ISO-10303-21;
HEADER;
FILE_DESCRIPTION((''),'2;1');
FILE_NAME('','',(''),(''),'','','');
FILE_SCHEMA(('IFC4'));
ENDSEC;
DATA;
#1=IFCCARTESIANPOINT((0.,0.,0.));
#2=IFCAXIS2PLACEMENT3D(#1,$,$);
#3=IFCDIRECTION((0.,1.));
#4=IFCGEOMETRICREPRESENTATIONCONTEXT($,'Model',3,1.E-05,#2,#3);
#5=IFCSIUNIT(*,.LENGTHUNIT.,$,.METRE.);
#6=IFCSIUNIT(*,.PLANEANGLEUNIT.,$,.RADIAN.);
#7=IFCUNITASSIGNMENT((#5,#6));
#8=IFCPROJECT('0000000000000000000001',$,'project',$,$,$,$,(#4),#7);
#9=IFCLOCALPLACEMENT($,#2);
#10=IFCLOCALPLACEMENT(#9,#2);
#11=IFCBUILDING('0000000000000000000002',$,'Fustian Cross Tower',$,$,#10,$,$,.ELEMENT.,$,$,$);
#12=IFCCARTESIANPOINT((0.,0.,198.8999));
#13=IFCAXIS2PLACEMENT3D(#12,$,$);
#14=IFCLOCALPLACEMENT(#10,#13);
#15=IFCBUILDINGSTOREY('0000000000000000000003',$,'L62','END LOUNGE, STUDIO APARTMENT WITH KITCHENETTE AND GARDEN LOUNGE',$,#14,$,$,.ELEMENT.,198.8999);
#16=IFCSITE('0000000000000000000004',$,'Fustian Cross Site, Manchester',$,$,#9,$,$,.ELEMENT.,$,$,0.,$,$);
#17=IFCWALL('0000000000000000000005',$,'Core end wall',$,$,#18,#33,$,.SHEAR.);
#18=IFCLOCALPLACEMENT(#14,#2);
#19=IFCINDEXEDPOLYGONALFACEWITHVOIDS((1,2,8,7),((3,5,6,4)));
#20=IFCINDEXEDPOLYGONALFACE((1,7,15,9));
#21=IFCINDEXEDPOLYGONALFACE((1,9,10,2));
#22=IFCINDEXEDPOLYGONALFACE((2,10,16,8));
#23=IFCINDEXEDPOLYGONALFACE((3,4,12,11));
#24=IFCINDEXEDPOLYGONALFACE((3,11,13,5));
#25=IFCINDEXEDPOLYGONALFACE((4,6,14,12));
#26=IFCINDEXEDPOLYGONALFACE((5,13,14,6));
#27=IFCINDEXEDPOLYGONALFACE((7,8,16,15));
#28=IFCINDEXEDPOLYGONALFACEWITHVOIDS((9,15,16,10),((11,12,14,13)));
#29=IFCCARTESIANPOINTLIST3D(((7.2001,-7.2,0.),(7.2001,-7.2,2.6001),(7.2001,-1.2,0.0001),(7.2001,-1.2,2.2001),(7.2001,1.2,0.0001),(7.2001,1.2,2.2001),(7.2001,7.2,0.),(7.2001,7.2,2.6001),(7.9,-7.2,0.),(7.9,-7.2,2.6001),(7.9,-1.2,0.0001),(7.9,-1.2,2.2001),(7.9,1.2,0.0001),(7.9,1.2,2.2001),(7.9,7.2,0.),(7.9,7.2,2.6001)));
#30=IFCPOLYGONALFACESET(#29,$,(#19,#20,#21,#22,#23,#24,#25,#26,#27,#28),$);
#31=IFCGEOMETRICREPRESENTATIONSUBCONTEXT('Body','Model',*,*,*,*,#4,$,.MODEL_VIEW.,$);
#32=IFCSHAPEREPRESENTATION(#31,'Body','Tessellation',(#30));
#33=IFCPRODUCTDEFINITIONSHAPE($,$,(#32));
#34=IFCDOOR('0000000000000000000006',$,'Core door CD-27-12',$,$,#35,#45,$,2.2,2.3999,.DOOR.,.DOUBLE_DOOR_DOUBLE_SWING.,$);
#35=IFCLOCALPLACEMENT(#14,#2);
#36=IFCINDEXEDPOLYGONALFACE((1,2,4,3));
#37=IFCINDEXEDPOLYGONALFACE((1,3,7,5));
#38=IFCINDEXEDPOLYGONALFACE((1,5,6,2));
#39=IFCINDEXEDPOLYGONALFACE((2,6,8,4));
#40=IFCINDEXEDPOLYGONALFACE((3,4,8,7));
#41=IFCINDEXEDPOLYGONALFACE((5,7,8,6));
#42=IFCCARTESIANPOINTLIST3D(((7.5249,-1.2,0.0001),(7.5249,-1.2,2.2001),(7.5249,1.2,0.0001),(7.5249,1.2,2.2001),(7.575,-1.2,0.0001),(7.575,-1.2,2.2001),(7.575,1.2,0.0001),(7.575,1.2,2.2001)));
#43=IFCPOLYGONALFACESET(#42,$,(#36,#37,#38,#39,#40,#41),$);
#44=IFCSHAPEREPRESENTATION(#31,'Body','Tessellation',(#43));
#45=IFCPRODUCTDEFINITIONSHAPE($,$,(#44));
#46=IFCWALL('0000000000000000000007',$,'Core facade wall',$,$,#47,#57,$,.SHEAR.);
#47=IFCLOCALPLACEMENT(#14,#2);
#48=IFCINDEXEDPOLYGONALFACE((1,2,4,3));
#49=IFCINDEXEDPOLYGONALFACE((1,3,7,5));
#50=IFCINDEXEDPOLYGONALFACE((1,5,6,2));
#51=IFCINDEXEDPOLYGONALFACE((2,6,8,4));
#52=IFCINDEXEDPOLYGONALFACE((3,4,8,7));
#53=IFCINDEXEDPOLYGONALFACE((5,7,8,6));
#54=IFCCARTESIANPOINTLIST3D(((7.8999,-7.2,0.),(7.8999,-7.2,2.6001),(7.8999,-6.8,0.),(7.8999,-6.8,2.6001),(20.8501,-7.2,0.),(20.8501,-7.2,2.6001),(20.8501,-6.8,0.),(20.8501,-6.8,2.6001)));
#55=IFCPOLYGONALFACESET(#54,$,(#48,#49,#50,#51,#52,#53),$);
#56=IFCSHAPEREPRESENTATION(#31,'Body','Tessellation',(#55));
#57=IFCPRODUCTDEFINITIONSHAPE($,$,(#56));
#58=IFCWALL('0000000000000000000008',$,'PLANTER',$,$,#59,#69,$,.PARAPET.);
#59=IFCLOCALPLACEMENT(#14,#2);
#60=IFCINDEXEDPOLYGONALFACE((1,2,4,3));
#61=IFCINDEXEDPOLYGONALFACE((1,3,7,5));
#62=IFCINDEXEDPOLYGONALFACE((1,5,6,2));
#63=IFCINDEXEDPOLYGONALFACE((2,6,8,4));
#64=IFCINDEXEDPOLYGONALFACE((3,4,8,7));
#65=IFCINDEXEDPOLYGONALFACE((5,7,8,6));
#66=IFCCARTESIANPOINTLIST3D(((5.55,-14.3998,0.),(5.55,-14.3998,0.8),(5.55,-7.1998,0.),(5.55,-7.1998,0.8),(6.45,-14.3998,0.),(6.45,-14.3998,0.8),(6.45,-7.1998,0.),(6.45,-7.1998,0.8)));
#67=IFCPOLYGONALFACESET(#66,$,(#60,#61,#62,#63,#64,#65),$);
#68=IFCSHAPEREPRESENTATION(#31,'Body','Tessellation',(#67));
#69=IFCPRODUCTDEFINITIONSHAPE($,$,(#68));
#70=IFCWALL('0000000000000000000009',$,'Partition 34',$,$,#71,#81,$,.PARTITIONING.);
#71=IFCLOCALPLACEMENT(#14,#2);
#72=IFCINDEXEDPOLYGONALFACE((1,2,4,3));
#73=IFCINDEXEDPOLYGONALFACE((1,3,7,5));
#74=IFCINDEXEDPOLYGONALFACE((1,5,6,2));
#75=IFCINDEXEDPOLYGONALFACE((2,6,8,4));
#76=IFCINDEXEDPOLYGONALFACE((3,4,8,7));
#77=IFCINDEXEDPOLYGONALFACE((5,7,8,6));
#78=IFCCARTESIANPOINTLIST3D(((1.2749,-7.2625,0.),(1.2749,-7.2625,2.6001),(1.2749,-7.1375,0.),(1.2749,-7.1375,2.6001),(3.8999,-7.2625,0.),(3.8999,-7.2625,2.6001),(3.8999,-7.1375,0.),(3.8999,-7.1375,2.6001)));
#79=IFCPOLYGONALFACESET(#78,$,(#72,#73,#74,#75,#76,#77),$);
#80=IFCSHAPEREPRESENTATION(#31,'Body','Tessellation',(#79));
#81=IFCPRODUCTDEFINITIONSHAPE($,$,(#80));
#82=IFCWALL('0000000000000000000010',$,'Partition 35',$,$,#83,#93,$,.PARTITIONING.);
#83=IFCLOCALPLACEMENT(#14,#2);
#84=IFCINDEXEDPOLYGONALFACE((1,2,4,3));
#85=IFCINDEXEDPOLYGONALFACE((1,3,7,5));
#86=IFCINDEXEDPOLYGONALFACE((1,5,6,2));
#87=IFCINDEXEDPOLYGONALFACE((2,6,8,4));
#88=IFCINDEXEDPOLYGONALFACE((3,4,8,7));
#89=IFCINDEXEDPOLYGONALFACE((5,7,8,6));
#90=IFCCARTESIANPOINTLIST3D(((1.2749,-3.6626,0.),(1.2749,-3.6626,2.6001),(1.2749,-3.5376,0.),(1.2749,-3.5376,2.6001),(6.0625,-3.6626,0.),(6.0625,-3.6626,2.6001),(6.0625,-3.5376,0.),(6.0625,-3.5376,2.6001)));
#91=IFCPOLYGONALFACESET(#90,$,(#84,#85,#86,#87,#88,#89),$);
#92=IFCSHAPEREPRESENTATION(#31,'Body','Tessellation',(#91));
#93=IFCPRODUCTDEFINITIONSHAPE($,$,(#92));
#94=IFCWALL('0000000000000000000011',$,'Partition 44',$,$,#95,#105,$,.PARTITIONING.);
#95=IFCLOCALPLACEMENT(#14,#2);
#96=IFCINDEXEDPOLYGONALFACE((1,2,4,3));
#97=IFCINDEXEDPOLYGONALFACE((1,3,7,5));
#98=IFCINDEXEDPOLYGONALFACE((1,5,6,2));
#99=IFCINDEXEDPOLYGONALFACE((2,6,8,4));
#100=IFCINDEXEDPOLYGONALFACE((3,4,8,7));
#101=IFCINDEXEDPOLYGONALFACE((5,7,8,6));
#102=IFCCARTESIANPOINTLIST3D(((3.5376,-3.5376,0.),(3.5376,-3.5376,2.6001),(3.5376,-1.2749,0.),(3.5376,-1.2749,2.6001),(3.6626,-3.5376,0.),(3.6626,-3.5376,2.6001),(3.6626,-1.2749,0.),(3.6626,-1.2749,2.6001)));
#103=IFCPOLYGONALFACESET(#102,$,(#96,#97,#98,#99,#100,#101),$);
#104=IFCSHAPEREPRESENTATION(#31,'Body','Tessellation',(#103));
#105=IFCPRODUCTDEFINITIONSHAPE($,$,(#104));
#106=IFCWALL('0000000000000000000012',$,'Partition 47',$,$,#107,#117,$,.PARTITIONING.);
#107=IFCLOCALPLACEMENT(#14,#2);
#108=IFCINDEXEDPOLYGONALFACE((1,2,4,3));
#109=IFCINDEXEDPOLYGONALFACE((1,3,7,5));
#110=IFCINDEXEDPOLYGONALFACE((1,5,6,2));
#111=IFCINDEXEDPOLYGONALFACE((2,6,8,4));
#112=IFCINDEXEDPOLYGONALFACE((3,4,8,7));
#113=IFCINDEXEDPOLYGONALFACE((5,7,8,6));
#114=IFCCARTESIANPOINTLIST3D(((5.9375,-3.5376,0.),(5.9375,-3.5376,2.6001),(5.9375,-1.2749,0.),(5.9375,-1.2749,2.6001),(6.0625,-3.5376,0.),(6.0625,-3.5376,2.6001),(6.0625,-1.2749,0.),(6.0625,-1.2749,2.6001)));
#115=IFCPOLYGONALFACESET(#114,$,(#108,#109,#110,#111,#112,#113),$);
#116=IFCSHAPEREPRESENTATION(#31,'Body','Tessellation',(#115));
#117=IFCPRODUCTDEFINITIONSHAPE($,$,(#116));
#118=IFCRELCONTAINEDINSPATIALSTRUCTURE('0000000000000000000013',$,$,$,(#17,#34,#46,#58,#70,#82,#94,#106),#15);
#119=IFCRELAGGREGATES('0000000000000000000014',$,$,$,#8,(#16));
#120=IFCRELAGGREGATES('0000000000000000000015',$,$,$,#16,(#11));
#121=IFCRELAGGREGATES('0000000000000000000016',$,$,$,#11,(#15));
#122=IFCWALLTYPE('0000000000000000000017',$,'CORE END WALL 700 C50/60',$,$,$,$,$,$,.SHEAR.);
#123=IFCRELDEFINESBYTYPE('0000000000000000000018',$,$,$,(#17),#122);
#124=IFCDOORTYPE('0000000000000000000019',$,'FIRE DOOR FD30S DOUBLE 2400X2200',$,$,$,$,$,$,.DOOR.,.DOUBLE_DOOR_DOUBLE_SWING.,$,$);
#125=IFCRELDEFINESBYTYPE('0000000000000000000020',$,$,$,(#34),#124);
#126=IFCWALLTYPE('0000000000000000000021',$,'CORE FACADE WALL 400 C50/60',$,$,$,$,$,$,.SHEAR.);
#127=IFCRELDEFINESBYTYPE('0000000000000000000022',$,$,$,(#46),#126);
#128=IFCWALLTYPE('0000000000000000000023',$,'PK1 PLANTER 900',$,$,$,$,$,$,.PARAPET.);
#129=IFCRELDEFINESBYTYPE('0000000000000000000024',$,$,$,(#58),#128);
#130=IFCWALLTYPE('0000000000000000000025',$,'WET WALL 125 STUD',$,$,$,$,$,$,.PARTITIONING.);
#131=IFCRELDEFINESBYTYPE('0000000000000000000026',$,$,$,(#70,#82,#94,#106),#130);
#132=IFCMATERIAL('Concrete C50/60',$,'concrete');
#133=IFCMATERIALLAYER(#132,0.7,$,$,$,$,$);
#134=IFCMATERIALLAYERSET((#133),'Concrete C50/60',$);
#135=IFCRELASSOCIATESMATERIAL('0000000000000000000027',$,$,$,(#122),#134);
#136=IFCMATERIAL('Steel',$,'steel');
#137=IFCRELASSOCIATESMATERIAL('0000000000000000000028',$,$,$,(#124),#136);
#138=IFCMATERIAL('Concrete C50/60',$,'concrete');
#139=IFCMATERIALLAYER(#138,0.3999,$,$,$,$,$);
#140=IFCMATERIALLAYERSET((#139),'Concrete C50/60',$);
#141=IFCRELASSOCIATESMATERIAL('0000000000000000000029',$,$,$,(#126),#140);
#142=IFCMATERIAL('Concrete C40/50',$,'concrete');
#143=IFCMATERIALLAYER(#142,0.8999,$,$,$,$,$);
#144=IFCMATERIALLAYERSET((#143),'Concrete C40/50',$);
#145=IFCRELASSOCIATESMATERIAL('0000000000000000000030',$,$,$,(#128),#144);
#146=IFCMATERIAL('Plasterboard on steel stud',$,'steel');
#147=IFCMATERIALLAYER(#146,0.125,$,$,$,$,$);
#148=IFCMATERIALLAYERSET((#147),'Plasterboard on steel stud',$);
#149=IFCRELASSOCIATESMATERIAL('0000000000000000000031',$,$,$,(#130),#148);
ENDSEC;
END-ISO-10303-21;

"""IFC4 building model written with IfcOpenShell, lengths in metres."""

from ifc_helpers import new_model, si_unit, direction, frame, frame_2d, origin, place, context, subcontext, project, spatial, rectangle, extrude, material, layer, layer_set, type_object, element, fill, save


model = new_model("IFC4")

# Units and contexts
model_context = context("Model", 3, precision=1e-05, world=origin(), true_north=direction((0.0, 1.0)))
body_context = subcontext(model_context, "Body", "Model", "MODEL_VIEW")
ifc_project = project(units=[si_unit("LENGTHUNIT", "METRE"), si_unit("PLANEANGLEUNIT", "RADIAN")], contexts=[model_context])

# Site, building, storey
site_placement = place(None, origin())
site = spatial("IfcSite", under=ifc_project, at=site_placement, Name="Fustian Cross Site, Manchester", CompositionType="ELEMENT", RefElevation=0.0)
building_placement = place(site_placement, origin())
building = spatial("IfcBuilding", under=site, at=building_placement, Name="Fustian Cross Tower", CompositionType="ELEMENT")
storey_placement = place(building_placement, frame((0.0, 0.0, 198.8999)))
storey = spatial("IfcBuildingStorey", under=building, at=storey_placement, Name="L62", Description="END LOUNGE, STUDIO APARTMENT WITH KITCHENETTE AND GARDEN LOUNGE", CompositionType="ELEMENT", Elevation=198.8999)

# Wall, opening, door
ifc_material_1 = material(Name="Concrete C50/60", Category="concrete")
ifc_layer_1 = layer(ifc_material_1, 0.7)
ifc_layer_set_1 = layer_set([ifc_layer_1], Name="Concrete C50/60")
wall_type_1 = type_object("IfcWallType", Name="CORE END WALL 700 C50/60", PredefinedType="SHEAR", material=ifc_layer_set_1)
wall_1_placement = place(storey_placement, frame((7.55, -7.2, 0.0), z_axis=(0.0, 0.0, 1.0), x_axis=(0.0, 1.0, 0.0)))
wall_1 = element("IfcWall", 1, at=wall_1_placement, inside=storey, type_object=wall_type_1, Name="Core end wall", PredefinedType="SHEAR", context=body_context, shape_type="SweptSolid", body=[
    extrude(rectangle(XDim=14.3999, YDim=0.7, at=frame_2d((7.2, 0.0))), origin(), (0.0, 0.0, 1.0), 2.6001),
])
opening_1_placement = place(wall_1_placement, frame((6.0, 0.0, 0.0)))
opening_1 = element("IfcOpeningElement", 2, at=opening_1_placement, cuts=wall_1, PredefinedType="OPENING", context=body_context, shape_type="SweptSolid", body=[
    extrude(rectangle(XDim=2.3999, YDim=2.2, at=frame_2d((1.2, 1.1001))), frame((0.0, 0.3599, 0.0), z_axis=(0.0, -1.0, 0.0), x_axis=(1.0, 0.0, 0.0)), (0.0, 0.0, 1.0), 0.72),
])
ifc_material_2 = material(Name="Steel", Category="steel")
door_type_1 = type_object("IfcDoorType", Name="FIRE DOOR FD30S DOUBLE 2400X2200", OperationType="DOUBLE_DOOR_DOUBLE_SWING", PredefinedType="DOOR", material=ifc_material_2)
door_1_placement = place(opening_1_placement, frame((2.3999, 0.0, 0.0), z_axis=(0.0, 0.0, 1.0), x_axis=(-1.0, 0.0, 0.0)))
door_1 = element("IfcDoor", 3, at=door_1_placement, inside=storey, type_object=door_type_1, Name="Core door CD-27-12", OperationType="DOUBLE_DOOR_DOUBLE_SWING", OverallHeight=2.2, OverallWidth=2.3999, PredefinedType="DOOR", context=body_context, shape_type="SweptSolid", body=[
    extrude(rectangle(XDim=2.3999, YDim=2.2, at=frame_2d((1.2, 1.1001))), frame((0.0, 0.0249, 0.0), z_axis=(0.0, -1.0, 0.0), x_axis=(1.0, 0.0, 0.0)), (0.0, 0.0, 1.0), 0.05),
])
fill(opening_1, door_1)

# Walls
ifc_material_3 = material(Name="Concrete C50/60", Category="concrete")
ifc_layer_2 = layer(ifc_material_3, 0.3999)
ifc_layer_set_2 = layer_set([ifc_layer_2], Name="Concrete C50/60")
wall_type_2 = type_object("IfcWallType", Name="CORE FACADE WALL 400 C50/60", PredefinedType="SHEAR", material=ifc_layer_set_2)
wall_2_placement = place(storey_placement, frame((7.8999, -7.0, 0.0), z_axis=(0.0, 0.0, 1.0), x_axis=(1.0, 0.0, 0.0)))
element("IfcWall", 4, at=wall_2_placement, inside=storey, type_object=wall_type_2, Name="Core facade wall", PredefinedType="SHEAR", context=body_context, shape_type="SweptSolid", body=[
    extrude(rectangle(XDim=12.9502, YDim=0.3999, at=frame_2d((6.4751, 0.0))), origin(), (0.0, 0.0, 1.0), 2.6001),
])
ifc_material_4 = material(Name="Concrete C40/50", Category="concrete")
ifc_layer_3 = layer(ifc_material_4, 0.8999)
ifc_layer_set_3 = layer_set([ifc_layer_3], Name="Concrete C40/50")
wall_type_3 = type_object("IfcWallType", Name="PK1 PLANTER 900", PredefinedType="PARAPET", material=ifc_layer_set_3)
wall_3_placement = place(storey_placement, frame((6.0, -14.3999, 0.0), z_axis=(0.0, 0.0, 1.0), x_axis=(0.0, 1.0, 0.0)))
element("IfcWall", 5, at=wall_3_placement, inside=storey, type_object=wall_type_3, Name="PLANTER", PredefinedType="PARAPET", context=body_context, shape_type="SweptSolid", body=[
    extrude(rectangle(XDim=7.2, YDim=0.8999, at=frame_2d((3.6001, 0.0))), origin(), (0.0, 0.0, 1.0), 0.8),
])
ifc_material_5 = material(Name="Plasterboard on steel stud", Category="steel")
ifc_layer_4 = layer(ifc_material_5, 0.125)
ifc_layer_set_4 = layer_set([ifc_layer_4], Name="Plasterboard on steel stud")
wall_type_4 = type_object("IfcWallType", Name="WET WALL 125 STUD", PredefinedType="PARTITIONING", material=ifc_layer_set_4)
wall_4_placement = place(storey_placement, frame((1.2749, -7.2, 0.0), z_axis=(0.0, 0.0, 1.0), x_axis=(1.0, 0.0, 0.0)))
element("IfcWall", 6, at=wall_4_placement, inside=storey, type_object=wall_type_4, Name="Partition 34", PredefinedType="PARTITIONING", context=body_context, shape_type="SweptSolid", body=[
    extrude(rectangle(XDim=2.625, YDim=0.125, at=frame_2d((1.3125, 0.0))), origin(), (0.0, 0.0, 1.0), 2.6001),
])
wall_5_placement = place(storey_placement, frame((1.2749, -3.6001, 0.0), z_axis=(0.0, 0.0, 1.0), x_axis=(1.0, 0.0, 0.0)))
element("IfcWall", 7, at=wall_5_placement, inside=storey, type_object=wall_type_4, Name="Partition 35", PredefinedType="PARTITIONING", context=body_context, shape_type="SweptSolid", body=[
    extrude(rectangle(XDim=4.7876, YDim=0.125, at=frame_2d((2.3938, 0.0))), origin(), (0.0, 0.0, 1.0), 2.6001),
])
for number, where, z_axis, x_axis, name in (
    (8, (3.6001, -3.5376, 0.0), (0.0, 0.0, 1.0), (0.0, 1.0, 0.0), "Partition 44"),
    (9, (6.0, -3.5376, 0.0), (0.0, 0.0, 1.0), (0.0, 1.0, 0.0), "Partition 47"),
):
    element("IfcWall", number, at=place(storey_placement, frame(where, z_axis=z_axis, x_axis=x_axis)), inside=storey, type_object=wall_type_4, Name=name, PredefinedType="PARTITIONING", context=body_context, shape_type="SweptSolid", body=[
        extrude(rectangle(XDim=2.2627, YDim=0.125, at=frame_2d((1.1313, 0.0))), origin(), (0.0, 0.0, 1.0), 2.6001),
    ])

save(model, "model.ifc")
